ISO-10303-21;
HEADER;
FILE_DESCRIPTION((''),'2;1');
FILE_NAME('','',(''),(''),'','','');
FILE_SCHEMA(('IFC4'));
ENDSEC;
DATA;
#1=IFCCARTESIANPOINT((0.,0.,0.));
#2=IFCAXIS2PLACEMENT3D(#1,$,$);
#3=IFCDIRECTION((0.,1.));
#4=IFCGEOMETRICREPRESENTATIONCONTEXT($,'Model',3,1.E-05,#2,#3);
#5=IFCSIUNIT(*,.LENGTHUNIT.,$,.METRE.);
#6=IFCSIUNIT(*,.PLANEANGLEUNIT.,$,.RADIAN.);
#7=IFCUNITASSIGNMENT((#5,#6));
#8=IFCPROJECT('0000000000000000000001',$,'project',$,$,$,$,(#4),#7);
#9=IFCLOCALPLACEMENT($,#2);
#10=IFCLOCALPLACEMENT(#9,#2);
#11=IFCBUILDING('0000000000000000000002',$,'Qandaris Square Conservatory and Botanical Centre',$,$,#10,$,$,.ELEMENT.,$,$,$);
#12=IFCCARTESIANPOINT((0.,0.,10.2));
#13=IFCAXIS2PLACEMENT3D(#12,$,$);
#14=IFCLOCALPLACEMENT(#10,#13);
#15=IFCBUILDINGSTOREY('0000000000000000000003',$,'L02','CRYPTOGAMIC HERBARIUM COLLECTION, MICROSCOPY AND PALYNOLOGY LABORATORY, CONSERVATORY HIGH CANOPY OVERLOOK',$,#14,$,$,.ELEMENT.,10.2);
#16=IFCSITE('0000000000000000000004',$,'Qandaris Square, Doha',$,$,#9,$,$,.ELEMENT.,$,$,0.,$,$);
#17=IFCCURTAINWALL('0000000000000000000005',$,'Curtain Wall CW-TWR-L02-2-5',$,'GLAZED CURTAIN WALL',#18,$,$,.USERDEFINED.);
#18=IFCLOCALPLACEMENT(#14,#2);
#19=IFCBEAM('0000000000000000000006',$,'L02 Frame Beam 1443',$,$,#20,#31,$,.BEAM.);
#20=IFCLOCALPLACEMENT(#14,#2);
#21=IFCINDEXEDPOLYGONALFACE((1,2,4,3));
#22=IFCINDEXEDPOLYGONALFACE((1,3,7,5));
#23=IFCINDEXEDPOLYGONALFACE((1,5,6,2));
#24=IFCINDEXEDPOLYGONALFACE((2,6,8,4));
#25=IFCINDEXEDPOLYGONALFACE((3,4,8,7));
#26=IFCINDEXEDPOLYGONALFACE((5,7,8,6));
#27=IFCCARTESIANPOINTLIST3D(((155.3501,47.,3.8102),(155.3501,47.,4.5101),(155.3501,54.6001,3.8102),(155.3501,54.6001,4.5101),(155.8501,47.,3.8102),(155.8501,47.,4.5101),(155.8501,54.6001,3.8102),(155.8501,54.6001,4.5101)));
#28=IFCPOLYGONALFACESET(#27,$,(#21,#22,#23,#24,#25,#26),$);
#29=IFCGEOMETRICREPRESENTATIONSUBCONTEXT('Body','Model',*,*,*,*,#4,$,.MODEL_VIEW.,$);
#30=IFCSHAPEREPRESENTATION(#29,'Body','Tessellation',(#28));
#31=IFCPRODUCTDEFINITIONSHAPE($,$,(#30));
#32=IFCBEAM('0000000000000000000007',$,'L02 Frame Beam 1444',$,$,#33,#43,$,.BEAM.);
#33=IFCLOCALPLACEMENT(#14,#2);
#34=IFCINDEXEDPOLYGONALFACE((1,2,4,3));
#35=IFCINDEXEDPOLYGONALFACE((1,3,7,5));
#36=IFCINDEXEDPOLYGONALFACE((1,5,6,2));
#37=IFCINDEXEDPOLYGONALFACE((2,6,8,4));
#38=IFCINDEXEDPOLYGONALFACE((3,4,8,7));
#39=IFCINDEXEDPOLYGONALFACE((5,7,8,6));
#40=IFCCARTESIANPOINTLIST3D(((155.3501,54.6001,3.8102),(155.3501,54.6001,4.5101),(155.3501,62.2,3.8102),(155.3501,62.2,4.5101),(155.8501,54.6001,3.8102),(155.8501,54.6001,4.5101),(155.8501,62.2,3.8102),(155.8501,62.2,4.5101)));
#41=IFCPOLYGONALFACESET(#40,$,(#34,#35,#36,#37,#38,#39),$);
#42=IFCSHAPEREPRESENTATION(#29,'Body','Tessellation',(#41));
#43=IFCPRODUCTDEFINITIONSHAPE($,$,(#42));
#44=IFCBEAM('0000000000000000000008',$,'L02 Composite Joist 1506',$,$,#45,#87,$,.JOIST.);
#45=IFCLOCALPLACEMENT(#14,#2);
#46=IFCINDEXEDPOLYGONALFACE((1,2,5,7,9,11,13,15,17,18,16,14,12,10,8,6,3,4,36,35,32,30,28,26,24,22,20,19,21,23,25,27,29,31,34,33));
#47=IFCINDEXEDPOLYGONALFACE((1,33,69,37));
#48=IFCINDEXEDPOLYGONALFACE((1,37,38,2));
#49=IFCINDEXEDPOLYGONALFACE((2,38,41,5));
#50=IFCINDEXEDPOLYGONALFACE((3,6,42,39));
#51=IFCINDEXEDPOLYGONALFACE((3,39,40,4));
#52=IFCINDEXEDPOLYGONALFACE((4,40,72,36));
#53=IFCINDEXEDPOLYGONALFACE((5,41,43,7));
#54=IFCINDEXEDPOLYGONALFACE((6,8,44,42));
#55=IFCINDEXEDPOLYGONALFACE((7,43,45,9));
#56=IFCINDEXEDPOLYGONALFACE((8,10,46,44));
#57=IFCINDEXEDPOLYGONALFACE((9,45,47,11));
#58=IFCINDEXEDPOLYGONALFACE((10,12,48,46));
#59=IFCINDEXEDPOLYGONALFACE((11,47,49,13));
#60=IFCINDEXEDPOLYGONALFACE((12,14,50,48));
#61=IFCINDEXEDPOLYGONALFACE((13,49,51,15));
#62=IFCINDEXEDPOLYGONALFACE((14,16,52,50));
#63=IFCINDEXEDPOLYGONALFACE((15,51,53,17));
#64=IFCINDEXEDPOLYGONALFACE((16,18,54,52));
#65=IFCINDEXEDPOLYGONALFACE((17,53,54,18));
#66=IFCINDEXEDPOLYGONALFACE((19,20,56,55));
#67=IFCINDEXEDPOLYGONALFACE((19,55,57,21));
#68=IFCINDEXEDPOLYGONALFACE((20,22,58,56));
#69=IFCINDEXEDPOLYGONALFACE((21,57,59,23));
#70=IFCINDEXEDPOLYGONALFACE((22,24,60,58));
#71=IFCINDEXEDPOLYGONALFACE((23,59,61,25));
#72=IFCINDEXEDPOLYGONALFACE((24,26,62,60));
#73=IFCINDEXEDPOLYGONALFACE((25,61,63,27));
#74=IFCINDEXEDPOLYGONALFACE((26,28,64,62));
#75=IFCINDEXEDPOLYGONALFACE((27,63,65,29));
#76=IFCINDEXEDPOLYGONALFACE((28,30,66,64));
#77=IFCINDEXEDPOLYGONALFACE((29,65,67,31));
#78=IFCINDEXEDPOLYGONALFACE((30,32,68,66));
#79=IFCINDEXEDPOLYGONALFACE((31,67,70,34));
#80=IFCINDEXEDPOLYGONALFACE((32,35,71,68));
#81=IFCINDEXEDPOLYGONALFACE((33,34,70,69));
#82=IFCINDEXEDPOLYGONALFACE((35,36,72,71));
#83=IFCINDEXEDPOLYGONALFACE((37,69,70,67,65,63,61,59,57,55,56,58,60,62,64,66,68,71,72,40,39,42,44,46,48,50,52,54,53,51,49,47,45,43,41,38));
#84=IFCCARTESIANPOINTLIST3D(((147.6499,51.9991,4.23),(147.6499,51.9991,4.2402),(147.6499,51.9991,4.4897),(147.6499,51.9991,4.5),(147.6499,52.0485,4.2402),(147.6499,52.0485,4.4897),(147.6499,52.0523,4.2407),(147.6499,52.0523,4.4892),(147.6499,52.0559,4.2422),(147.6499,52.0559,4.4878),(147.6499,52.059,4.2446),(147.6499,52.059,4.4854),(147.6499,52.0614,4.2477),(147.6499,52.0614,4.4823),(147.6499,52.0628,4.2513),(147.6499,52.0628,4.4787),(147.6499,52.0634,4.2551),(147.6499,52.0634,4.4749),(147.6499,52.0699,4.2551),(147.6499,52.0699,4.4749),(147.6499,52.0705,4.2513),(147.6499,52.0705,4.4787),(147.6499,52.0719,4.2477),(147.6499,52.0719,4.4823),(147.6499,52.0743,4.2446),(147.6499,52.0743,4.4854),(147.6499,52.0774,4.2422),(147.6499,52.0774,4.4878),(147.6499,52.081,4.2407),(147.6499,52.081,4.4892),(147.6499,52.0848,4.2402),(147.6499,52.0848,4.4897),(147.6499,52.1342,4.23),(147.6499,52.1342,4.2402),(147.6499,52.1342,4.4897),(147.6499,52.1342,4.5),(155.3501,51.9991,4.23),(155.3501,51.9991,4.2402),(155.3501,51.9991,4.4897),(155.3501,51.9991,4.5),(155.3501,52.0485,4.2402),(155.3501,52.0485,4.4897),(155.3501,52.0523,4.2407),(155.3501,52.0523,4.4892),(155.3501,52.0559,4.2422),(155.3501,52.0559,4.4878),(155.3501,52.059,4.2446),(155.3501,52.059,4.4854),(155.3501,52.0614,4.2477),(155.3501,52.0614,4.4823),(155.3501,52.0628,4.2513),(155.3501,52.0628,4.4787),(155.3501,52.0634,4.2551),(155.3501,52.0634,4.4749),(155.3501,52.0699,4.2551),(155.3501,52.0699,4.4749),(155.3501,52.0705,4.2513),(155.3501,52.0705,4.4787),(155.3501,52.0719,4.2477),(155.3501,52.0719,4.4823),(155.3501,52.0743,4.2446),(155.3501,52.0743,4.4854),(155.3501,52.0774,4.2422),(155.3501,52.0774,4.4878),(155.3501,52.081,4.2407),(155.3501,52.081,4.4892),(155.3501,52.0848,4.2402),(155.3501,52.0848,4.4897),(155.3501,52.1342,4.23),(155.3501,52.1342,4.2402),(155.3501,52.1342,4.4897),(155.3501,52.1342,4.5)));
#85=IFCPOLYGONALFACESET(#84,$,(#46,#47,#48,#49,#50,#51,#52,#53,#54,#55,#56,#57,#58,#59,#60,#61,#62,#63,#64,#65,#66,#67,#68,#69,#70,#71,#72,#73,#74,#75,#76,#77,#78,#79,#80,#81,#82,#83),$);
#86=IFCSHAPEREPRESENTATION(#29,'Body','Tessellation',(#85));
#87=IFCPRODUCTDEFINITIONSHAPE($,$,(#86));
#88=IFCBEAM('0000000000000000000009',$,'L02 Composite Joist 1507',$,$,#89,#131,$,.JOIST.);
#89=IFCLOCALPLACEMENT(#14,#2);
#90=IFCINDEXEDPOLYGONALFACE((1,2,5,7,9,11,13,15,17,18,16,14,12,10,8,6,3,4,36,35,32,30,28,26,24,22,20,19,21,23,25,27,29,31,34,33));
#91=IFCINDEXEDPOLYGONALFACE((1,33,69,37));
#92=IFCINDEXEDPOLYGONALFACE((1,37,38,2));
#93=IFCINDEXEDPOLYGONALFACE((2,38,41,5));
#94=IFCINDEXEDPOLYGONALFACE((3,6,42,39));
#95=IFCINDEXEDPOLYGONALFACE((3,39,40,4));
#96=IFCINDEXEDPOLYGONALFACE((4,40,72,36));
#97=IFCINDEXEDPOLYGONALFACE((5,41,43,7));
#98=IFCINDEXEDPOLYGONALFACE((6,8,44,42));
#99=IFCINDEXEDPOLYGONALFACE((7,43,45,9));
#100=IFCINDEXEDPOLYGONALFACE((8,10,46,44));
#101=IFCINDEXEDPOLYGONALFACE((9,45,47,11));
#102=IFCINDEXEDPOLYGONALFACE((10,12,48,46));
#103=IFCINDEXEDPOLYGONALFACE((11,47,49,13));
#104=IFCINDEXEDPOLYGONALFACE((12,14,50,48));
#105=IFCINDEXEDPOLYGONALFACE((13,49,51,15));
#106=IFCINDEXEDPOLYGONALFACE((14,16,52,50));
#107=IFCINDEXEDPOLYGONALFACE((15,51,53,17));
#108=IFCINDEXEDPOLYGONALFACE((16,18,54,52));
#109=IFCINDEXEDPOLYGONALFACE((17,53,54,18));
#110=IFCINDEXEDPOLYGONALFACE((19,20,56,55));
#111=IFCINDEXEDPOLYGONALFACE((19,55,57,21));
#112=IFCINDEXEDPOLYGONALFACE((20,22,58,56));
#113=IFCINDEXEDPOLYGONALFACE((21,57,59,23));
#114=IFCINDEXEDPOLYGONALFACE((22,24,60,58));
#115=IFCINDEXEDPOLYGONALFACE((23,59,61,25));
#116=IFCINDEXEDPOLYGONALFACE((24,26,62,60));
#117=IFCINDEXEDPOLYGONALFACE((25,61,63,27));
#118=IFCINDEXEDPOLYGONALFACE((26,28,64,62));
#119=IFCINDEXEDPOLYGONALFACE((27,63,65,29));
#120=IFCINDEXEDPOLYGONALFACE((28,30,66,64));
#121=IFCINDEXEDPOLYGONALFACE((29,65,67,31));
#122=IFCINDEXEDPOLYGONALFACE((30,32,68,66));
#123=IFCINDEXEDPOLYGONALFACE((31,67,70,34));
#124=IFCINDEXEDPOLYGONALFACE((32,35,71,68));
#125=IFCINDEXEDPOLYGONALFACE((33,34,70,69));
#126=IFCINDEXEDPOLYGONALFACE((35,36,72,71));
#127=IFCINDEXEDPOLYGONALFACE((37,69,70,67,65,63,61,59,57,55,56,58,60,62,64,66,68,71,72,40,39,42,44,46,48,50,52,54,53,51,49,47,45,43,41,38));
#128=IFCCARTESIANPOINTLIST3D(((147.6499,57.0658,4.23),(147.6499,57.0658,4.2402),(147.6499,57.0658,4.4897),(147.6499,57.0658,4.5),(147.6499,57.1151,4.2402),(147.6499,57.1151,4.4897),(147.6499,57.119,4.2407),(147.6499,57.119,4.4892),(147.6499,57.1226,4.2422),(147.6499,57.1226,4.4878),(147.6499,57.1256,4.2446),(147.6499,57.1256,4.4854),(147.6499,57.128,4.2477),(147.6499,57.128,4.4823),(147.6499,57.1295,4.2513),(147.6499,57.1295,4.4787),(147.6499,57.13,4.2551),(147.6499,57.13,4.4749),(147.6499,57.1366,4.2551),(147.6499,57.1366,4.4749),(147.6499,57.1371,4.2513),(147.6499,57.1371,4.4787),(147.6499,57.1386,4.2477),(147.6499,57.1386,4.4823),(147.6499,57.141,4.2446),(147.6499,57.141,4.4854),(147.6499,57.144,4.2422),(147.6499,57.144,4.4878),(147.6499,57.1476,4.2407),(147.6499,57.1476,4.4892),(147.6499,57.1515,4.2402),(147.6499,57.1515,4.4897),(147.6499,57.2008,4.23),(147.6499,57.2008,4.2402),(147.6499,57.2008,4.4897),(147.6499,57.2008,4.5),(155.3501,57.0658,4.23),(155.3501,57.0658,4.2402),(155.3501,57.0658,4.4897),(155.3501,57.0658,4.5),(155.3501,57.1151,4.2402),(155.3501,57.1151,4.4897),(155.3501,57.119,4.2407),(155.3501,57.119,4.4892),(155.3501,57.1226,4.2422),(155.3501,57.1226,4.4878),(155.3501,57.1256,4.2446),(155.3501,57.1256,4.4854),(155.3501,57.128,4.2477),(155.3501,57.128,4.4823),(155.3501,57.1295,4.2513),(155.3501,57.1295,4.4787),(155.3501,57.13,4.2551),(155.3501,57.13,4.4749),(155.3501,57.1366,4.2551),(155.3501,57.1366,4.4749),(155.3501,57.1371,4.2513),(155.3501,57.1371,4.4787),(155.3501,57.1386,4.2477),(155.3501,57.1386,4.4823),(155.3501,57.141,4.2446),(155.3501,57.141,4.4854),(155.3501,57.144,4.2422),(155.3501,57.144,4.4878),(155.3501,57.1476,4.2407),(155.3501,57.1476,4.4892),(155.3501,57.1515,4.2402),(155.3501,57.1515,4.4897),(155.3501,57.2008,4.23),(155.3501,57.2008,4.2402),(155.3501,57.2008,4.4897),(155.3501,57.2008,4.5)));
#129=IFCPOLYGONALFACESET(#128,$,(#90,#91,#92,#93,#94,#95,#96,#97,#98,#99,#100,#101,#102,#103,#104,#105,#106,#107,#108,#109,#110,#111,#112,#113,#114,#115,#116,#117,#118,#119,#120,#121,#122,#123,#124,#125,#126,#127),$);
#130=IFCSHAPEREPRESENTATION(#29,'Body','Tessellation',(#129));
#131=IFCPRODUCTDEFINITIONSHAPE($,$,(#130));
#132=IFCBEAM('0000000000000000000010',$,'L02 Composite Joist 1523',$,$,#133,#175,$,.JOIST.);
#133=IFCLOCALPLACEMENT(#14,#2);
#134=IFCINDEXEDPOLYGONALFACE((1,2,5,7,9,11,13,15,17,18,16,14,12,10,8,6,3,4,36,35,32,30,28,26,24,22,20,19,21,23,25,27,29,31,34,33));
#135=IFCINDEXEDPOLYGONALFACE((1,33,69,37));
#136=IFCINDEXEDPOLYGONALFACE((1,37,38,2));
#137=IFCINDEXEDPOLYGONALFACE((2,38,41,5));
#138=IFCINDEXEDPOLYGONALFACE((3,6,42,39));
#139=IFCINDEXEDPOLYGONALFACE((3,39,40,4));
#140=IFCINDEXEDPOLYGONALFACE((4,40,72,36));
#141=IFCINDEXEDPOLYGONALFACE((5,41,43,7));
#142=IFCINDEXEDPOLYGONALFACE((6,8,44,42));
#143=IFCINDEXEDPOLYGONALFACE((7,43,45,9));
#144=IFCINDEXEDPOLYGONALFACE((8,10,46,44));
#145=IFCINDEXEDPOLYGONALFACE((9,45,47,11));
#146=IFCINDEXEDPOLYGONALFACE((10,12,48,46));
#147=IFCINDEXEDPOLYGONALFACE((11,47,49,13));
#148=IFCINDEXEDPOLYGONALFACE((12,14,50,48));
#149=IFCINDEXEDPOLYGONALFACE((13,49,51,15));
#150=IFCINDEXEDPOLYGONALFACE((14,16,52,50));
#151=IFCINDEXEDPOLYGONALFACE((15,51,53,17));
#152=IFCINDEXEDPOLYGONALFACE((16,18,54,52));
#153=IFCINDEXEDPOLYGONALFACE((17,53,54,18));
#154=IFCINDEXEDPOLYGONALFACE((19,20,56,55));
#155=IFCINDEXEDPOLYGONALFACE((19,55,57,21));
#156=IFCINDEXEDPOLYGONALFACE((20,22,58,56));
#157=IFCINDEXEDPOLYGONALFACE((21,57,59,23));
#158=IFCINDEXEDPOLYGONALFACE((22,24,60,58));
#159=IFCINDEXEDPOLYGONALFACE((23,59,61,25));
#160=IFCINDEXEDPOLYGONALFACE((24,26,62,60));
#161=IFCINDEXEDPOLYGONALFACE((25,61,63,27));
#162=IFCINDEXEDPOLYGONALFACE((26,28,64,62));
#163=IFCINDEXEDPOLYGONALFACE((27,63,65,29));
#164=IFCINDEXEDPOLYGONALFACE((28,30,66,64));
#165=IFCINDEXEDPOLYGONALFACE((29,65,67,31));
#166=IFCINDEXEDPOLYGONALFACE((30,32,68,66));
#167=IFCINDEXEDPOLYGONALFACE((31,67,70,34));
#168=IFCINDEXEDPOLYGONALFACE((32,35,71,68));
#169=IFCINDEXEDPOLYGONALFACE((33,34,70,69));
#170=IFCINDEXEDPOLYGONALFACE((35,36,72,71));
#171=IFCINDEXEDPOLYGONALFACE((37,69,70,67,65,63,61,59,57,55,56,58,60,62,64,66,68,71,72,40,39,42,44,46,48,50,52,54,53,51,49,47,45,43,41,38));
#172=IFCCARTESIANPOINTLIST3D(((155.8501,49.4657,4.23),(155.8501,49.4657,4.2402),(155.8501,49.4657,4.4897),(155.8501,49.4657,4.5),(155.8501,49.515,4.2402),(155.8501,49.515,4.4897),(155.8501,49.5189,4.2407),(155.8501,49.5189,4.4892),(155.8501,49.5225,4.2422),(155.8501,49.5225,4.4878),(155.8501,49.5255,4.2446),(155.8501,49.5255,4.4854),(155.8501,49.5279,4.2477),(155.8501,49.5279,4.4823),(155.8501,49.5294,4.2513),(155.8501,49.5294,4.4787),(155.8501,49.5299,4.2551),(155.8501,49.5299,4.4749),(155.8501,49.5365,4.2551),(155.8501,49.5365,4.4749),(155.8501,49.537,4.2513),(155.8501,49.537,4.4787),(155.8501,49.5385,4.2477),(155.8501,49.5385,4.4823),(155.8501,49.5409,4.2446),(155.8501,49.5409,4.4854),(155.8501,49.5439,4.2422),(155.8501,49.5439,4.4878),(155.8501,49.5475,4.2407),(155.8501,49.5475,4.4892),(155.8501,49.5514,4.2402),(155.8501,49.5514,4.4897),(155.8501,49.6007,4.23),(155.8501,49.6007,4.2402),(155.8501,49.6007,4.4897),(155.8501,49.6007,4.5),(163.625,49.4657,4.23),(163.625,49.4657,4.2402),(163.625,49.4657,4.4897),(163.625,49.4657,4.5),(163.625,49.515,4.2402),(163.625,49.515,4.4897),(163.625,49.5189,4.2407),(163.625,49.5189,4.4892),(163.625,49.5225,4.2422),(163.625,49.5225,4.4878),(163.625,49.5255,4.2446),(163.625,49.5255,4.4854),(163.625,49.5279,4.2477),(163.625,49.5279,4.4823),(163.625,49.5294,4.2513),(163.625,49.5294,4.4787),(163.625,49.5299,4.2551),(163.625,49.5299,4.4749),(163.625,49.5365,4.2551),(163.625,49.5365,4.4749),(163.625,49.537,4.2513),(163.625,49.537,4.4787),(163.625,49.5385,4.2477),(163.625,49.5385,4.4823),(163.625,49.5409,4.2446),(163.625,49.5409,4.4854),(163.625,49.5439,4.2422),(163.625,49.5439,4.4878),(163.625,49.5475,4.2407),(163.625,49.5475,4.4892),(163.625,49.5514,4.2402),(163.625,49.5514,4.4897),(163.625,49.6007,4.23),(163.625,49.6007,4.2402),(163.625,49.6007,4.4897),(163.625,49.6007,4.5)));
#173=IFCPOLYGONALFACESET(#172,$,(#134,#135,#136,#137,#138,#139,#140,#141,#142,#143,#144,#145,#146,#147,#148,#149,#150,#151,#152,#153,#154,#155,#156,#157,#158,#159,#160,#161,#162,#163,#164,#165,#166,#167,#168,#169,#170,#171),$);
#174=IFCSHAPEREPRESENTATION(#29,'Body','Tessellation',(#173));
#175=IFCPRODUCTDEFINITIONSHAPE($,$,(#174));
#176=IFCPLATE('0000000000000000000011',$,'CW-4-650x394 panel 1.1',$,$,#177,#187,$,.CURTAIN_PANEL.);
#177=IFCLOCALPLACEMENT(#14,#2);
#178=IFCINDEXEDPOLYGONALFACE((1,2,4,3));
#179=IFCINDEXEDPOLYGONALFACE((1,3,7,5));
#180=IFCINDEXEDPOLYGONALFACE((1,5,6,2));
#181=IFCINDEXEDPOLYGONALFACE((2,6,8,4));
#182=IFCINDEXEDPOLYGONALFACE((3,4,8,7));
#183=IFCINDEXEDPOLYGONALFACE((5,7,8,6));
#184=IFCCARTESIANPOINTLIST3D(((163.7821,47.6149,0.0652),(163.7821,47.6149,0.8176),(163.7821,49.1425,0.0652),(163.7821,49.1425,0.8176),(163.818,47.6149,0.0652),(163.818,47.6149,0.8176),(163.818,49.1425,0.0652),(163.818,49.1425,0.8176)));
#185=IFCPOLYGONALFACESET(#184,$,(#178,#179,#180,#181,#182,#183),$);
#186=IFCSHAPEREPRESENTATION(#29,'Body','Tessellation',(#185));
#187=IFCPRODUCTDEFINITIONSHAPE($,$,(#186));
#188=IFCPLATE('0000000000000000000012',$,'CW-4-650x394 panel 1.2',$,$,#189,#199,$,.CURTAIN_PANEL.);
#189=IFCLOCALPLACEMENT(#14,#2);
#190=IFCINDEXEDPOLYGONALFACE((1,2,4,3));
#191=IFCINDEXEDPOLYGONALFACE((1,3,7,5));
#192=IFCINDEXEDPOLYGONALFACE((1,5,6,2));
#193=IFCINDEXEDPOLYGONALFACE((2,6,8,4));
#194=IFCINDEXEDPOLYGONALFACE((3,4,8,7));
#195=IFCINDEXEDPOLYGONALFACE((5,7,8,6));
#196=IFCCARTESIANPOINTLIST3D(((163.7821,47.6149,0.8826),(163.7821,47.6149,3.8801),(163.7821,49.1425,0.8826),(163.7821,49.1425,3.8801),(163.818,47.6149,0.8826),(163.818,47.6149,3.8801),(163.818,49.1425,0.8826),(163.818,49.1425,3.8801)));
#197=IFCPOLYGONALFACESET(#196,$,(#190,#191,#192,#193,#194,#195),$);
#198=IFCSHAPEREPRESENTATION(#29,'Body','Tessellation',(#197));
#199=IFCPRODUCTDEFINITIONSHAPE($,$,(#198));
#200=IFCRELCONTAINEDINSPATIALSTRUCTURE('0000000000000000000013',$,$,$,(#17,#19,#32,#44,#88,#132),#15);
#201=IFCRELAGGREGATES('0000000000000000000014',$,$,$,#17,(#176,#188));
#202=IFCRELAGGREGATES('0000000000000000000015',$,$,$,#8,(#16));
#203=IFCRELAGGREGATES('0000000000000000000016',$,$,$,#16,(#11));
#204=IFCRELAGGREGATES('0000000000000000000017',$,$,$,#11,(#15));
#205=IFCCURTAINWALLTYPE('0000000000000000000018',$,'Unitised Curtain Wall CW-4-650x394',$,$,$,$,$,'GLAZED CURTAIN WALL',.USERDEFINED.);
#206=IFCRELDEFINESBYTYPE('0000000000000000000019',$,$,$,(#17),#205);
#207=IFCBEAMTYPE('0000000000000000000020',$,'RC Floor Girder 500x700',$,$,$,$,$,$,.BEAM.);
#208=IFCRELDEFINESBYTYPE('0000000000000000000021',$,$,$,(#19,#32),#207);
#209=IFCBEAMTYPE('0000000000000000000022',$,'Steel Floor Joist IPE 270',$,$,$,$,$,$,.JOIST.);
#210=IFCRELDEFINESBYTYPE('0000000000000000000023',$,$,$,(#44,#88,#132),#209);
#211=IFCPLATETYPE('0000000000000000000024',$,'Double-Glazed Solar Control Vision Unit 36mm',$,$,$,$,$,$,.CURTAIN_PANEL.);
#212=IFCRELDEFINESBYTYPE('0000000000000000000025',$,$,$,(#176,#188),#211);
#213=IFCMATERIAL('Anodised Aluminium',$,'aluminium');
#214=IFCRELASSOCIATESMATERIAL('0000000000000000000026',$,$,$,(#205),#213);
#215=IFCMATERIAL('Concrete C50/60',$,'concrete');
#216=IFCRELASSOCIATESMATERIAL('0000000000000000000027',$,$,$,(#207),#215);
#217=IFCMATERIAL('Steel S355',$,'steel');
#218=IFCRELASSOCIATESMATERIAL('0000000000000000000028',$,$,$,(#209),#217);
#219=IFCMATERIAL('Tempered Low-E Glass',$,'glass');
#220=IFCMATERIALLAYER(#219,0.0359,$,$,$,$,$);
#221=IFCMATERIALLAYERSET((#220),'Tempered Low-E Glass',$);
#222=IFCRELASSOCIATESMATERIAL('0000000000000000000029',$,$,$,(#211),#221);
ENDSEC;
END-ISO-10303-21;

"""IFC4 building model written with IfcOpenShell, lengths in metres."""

from ifc_helpers import new_model, si_unit, direction, frame, origin, origin_2d, place, context, subcontext, project, spatial, rectangle, i_section, extrude, material, layer, layer_set, material_profile, profile_set, type_object, element, aggregate, save


model = new_model("IFC4")

# Units and contexts
model_context = context("Model", 3, precision=1e-05, world=origin(), true_north=direction((0.0, 1.0)))
body_context = subcontext(model_context, "Body", "Model", "MODEL_VIEW")
ifc_project = project(units=[si_unit("LENGTHUNIT", "METRE"), si_unit("PLANEANGLEUNIT", "RADIAN")], contexts=[model_context])

# Site, building, storey
site_placement = place(None, origin())
site = spatial("IfcSite", under=ifc_project, at=site_placement, Name="Qandaris Square, Doha", CompositionType="ELEMENT", RefElevation=0.0)
building_placement = place(site_placement, origin())
building = spatial("IfcBuilding", under=site, at=building_placement, Name="Qandaris Square Conservatory and Botanical Centre", CompositionType="ELEMENT")
storey_placement = place(building_placement, frame((0.0, 0.0, 10.2)))
storey = spatial("IfcBuildingStorey", under=building, at=storey_placement, Name="L02", Description="CRYPTOGAMIC HERBARIUM COLLECTION, MICROSCOPY AND PALYNOLOGY LABORATORY, CONSERVATORY HIGH CANOPY OVERLOOK", CompositionType="ELEMENT", Elevation=10.2)

# Shared definitions
ifc_material_1 = material(Name="Concrete C50/60", Category="concrete")

# Shared definitions
ifc_material_2 = material(Name="Steel S355", Category="steel")

# Curtain wall
ifc_material_3 = material(Name="Anodised Aluminium", Category="aluminium")
curtain_wall_type = type_object("IfcCurtainWallType", Name="Unitised Curtain Wall CW-4-650x394", ElementType="GLAZED CURTAIN WALL", PredefinedType="USERDEFINED", material=ifc_material_3)
curtain_wall_placement = place(storey_placement, origin())
curtain_wall = element("IfcCurtainWall", 1, at=curtain_wall_placement, inside=storey, type_object=curtain_wall_type, Name="Curtain Wall CW-TWR-L02-2-5", ObjectType="GLAZED CURTAIN WALL", PredefinedType="USERDEFINED")

# Beams
ifc_material_profile_1 = material_profile(ifc_material_1, rectangle(XDim=0.5, YDim=0.7, at=origin_2d()), Name="RC-BM 500x700")
ifc_profile_set_1 = profile_set([ifc_material_profile_1], Name="Concrete C50/60")
beam_type_1 = type_object("IfcBeamType", Name="RC Floor Girder 500x700", PredefinedType="BEAM", material=ifc_profile_set_1)
beam_1_placement = place(storey_placement, frame((155.6001, 47.0, 4.1602), z_axis=(0.0, 1.0, 0.0), x_axis=(-1.0, 0.0, 0.0)))
element("IfcBeam", 2, at=beam_1_placement, inside=storey, type_object=beam_type_1, Name="L02 Frame Beam 1443", PredefinedType="BEAM", context=body_context, shape_type="SweptSolid", body=[
    extrude(rectangle(XDim=0.5, YDim=0.7, at=origin_2d()), origin(), (0.0, 0.0, 1.0), 7.6001),
])
beam_2_placement = place(storey_placement, frame((155.6001, 54.6001, 4.1602), z_axis=(0.0, 1.0, 0.0), x_axis=(-1.0, 0.0, 0.0)))
element("IfcBeam", 3, at=beam_2_placement, inside=storey, type_object=beam_type_1, Name="L02 Frame Beam 1444", PredefinedType="BEAM", context=body_context, shape_type="SweptSolid", body=[
    extrude(rectangle(XDim=0.5, YDim=0.7, at=origin_2d()), origin(), (0.0, 0.0, 1.0), 7.5999),
])
ifc_material_profile_2 = material_profile(ifc_material_2, i_section(OverallWidth=0.135, OverallDepth=0.27, WebThickness=0.0066, FlangeThickness=0.0103, FilletRadius=0.0149, at=origin_2d()), Name="IPE 270")
ifc_profile_set_2 = profile_set([ifc_material_profile_2], Name="Steel S355")
beam_type_2 = type_object("IfcBeamType", Name="Steel Floor Joist IPE 270", PredefinedType="JOIST", material=ifc_profile_set_2)
for number, where, z_axis, x_axis, name in (
    (4, (147.6499, 52.0667, 4.365), (1.0, 0.0, 0.0), (0.0, 1.0, 0.0), "L02 Composite Joist 1506"),
    (5, (147.6499, 57.1333, 4.365), (1.0, 0.0, 0.0), (0.0, 1.0, 0.0), "L02 Composite Joist 1507"),
):
    element("IfcBeam", number, at=place(storey_placement, frame(where, z_axis=z_axis, x_axis=x_axis)), inside=storey, type_object=beam_type_2, Name=name, PredefinedType="JOIST", context=body_context, shape_type="SweptSolid", body=[
        extrude(i_section(OverallWidth=0.135, OverallDepth=0.27, WebThickness=0.0066, FlangeThickness=0.0103, FilletRadius=0.0149, at=origin_2d()), origin(), (0.0, 0.0, 1.0), 7.7002),
    ])
beam_3_placement = place(storey_placement, frame((155.8501, 49.5332, 4.365), z_axis=(1.0, 0.0, 0.0), x_axis=(0.0, 1.0, 0.0)))
element("IfcBeam", 6, at=beam_3_placement, inside=storey, type_object=beam_type_2, Name="L02 Composite Joist 1523", PredefinedType="JOIST", context=body_context, shape_type="SweptSolid", body=[
    extrude(i_section(OverallWidth=0.135, OverallDepth=0.27, WebThickness=0.0066, FlangeThickness=0.0103, FilletRadius=0.0149, at=origin_2d()), origin(), (0.0, 0.0, 1.0), 7.7749),
])

# Plates
ifc_material_4 = material(Name="Tempered Low-E Glass", Category="glass")
ifc_layer_1 = layer(ifc_material_4, 0.0359)
ifc_layer_set_1 = layer_set([ifc_layer_1], Name="Tempered Low-E Glass")
plate_type = type_object("IfcPlateType", Name="Double-Glazed Solar Control Vision Unit 36mm", PredefinedType="CURTAIN_PANEL", material=ifc_layer_set_1)
plate_1_placement = place(storey_placement, frame((163.8, 48.3787, 0.0652), z_axis=(0.0, 0.0, 1.0), x_axis=(0.0, 1.0, 0.0)))
plate_1 = element("IfcPlate", 7, at=plate_1_placement, type_object=plate_type, Name="CW-4-650x394 panel 1.1", PredefinedType="CURTAIN_PANEL", context=body_context, shape_type="SweptSolid", body=[
    extrude(rectangle(XDim=1.5276, YDim=0.0359, at=origin_2d()), origin(), (0.0, 0.0, 1.0), 0.7524),
])
plate_2_placement = place(storey_placement, frame((163.8, 48.3787, 0.8826), z_axis=(0.0, 0.0, 1.0), x_axis=(0.0, 1.0, 0.0)))
plate_2 = element("IfcPlate", 8, at=plate_2_placement, type_object=plate_type, Name="CW-4-650x394 panel 1.2", PredefinedType="CURTAIN_PANEL", context=body_context, shape_type="SweptSolid", body=[
    extrude(rectangle(XDim=1.5276, YDim=0.0359, at=origin_2d()), origin(), (0.0, 0.0, 1.0), 2.9976),
])
aggregate(curtain_wall, [plate_1, plate_2])

save(model, "model.ifc")
